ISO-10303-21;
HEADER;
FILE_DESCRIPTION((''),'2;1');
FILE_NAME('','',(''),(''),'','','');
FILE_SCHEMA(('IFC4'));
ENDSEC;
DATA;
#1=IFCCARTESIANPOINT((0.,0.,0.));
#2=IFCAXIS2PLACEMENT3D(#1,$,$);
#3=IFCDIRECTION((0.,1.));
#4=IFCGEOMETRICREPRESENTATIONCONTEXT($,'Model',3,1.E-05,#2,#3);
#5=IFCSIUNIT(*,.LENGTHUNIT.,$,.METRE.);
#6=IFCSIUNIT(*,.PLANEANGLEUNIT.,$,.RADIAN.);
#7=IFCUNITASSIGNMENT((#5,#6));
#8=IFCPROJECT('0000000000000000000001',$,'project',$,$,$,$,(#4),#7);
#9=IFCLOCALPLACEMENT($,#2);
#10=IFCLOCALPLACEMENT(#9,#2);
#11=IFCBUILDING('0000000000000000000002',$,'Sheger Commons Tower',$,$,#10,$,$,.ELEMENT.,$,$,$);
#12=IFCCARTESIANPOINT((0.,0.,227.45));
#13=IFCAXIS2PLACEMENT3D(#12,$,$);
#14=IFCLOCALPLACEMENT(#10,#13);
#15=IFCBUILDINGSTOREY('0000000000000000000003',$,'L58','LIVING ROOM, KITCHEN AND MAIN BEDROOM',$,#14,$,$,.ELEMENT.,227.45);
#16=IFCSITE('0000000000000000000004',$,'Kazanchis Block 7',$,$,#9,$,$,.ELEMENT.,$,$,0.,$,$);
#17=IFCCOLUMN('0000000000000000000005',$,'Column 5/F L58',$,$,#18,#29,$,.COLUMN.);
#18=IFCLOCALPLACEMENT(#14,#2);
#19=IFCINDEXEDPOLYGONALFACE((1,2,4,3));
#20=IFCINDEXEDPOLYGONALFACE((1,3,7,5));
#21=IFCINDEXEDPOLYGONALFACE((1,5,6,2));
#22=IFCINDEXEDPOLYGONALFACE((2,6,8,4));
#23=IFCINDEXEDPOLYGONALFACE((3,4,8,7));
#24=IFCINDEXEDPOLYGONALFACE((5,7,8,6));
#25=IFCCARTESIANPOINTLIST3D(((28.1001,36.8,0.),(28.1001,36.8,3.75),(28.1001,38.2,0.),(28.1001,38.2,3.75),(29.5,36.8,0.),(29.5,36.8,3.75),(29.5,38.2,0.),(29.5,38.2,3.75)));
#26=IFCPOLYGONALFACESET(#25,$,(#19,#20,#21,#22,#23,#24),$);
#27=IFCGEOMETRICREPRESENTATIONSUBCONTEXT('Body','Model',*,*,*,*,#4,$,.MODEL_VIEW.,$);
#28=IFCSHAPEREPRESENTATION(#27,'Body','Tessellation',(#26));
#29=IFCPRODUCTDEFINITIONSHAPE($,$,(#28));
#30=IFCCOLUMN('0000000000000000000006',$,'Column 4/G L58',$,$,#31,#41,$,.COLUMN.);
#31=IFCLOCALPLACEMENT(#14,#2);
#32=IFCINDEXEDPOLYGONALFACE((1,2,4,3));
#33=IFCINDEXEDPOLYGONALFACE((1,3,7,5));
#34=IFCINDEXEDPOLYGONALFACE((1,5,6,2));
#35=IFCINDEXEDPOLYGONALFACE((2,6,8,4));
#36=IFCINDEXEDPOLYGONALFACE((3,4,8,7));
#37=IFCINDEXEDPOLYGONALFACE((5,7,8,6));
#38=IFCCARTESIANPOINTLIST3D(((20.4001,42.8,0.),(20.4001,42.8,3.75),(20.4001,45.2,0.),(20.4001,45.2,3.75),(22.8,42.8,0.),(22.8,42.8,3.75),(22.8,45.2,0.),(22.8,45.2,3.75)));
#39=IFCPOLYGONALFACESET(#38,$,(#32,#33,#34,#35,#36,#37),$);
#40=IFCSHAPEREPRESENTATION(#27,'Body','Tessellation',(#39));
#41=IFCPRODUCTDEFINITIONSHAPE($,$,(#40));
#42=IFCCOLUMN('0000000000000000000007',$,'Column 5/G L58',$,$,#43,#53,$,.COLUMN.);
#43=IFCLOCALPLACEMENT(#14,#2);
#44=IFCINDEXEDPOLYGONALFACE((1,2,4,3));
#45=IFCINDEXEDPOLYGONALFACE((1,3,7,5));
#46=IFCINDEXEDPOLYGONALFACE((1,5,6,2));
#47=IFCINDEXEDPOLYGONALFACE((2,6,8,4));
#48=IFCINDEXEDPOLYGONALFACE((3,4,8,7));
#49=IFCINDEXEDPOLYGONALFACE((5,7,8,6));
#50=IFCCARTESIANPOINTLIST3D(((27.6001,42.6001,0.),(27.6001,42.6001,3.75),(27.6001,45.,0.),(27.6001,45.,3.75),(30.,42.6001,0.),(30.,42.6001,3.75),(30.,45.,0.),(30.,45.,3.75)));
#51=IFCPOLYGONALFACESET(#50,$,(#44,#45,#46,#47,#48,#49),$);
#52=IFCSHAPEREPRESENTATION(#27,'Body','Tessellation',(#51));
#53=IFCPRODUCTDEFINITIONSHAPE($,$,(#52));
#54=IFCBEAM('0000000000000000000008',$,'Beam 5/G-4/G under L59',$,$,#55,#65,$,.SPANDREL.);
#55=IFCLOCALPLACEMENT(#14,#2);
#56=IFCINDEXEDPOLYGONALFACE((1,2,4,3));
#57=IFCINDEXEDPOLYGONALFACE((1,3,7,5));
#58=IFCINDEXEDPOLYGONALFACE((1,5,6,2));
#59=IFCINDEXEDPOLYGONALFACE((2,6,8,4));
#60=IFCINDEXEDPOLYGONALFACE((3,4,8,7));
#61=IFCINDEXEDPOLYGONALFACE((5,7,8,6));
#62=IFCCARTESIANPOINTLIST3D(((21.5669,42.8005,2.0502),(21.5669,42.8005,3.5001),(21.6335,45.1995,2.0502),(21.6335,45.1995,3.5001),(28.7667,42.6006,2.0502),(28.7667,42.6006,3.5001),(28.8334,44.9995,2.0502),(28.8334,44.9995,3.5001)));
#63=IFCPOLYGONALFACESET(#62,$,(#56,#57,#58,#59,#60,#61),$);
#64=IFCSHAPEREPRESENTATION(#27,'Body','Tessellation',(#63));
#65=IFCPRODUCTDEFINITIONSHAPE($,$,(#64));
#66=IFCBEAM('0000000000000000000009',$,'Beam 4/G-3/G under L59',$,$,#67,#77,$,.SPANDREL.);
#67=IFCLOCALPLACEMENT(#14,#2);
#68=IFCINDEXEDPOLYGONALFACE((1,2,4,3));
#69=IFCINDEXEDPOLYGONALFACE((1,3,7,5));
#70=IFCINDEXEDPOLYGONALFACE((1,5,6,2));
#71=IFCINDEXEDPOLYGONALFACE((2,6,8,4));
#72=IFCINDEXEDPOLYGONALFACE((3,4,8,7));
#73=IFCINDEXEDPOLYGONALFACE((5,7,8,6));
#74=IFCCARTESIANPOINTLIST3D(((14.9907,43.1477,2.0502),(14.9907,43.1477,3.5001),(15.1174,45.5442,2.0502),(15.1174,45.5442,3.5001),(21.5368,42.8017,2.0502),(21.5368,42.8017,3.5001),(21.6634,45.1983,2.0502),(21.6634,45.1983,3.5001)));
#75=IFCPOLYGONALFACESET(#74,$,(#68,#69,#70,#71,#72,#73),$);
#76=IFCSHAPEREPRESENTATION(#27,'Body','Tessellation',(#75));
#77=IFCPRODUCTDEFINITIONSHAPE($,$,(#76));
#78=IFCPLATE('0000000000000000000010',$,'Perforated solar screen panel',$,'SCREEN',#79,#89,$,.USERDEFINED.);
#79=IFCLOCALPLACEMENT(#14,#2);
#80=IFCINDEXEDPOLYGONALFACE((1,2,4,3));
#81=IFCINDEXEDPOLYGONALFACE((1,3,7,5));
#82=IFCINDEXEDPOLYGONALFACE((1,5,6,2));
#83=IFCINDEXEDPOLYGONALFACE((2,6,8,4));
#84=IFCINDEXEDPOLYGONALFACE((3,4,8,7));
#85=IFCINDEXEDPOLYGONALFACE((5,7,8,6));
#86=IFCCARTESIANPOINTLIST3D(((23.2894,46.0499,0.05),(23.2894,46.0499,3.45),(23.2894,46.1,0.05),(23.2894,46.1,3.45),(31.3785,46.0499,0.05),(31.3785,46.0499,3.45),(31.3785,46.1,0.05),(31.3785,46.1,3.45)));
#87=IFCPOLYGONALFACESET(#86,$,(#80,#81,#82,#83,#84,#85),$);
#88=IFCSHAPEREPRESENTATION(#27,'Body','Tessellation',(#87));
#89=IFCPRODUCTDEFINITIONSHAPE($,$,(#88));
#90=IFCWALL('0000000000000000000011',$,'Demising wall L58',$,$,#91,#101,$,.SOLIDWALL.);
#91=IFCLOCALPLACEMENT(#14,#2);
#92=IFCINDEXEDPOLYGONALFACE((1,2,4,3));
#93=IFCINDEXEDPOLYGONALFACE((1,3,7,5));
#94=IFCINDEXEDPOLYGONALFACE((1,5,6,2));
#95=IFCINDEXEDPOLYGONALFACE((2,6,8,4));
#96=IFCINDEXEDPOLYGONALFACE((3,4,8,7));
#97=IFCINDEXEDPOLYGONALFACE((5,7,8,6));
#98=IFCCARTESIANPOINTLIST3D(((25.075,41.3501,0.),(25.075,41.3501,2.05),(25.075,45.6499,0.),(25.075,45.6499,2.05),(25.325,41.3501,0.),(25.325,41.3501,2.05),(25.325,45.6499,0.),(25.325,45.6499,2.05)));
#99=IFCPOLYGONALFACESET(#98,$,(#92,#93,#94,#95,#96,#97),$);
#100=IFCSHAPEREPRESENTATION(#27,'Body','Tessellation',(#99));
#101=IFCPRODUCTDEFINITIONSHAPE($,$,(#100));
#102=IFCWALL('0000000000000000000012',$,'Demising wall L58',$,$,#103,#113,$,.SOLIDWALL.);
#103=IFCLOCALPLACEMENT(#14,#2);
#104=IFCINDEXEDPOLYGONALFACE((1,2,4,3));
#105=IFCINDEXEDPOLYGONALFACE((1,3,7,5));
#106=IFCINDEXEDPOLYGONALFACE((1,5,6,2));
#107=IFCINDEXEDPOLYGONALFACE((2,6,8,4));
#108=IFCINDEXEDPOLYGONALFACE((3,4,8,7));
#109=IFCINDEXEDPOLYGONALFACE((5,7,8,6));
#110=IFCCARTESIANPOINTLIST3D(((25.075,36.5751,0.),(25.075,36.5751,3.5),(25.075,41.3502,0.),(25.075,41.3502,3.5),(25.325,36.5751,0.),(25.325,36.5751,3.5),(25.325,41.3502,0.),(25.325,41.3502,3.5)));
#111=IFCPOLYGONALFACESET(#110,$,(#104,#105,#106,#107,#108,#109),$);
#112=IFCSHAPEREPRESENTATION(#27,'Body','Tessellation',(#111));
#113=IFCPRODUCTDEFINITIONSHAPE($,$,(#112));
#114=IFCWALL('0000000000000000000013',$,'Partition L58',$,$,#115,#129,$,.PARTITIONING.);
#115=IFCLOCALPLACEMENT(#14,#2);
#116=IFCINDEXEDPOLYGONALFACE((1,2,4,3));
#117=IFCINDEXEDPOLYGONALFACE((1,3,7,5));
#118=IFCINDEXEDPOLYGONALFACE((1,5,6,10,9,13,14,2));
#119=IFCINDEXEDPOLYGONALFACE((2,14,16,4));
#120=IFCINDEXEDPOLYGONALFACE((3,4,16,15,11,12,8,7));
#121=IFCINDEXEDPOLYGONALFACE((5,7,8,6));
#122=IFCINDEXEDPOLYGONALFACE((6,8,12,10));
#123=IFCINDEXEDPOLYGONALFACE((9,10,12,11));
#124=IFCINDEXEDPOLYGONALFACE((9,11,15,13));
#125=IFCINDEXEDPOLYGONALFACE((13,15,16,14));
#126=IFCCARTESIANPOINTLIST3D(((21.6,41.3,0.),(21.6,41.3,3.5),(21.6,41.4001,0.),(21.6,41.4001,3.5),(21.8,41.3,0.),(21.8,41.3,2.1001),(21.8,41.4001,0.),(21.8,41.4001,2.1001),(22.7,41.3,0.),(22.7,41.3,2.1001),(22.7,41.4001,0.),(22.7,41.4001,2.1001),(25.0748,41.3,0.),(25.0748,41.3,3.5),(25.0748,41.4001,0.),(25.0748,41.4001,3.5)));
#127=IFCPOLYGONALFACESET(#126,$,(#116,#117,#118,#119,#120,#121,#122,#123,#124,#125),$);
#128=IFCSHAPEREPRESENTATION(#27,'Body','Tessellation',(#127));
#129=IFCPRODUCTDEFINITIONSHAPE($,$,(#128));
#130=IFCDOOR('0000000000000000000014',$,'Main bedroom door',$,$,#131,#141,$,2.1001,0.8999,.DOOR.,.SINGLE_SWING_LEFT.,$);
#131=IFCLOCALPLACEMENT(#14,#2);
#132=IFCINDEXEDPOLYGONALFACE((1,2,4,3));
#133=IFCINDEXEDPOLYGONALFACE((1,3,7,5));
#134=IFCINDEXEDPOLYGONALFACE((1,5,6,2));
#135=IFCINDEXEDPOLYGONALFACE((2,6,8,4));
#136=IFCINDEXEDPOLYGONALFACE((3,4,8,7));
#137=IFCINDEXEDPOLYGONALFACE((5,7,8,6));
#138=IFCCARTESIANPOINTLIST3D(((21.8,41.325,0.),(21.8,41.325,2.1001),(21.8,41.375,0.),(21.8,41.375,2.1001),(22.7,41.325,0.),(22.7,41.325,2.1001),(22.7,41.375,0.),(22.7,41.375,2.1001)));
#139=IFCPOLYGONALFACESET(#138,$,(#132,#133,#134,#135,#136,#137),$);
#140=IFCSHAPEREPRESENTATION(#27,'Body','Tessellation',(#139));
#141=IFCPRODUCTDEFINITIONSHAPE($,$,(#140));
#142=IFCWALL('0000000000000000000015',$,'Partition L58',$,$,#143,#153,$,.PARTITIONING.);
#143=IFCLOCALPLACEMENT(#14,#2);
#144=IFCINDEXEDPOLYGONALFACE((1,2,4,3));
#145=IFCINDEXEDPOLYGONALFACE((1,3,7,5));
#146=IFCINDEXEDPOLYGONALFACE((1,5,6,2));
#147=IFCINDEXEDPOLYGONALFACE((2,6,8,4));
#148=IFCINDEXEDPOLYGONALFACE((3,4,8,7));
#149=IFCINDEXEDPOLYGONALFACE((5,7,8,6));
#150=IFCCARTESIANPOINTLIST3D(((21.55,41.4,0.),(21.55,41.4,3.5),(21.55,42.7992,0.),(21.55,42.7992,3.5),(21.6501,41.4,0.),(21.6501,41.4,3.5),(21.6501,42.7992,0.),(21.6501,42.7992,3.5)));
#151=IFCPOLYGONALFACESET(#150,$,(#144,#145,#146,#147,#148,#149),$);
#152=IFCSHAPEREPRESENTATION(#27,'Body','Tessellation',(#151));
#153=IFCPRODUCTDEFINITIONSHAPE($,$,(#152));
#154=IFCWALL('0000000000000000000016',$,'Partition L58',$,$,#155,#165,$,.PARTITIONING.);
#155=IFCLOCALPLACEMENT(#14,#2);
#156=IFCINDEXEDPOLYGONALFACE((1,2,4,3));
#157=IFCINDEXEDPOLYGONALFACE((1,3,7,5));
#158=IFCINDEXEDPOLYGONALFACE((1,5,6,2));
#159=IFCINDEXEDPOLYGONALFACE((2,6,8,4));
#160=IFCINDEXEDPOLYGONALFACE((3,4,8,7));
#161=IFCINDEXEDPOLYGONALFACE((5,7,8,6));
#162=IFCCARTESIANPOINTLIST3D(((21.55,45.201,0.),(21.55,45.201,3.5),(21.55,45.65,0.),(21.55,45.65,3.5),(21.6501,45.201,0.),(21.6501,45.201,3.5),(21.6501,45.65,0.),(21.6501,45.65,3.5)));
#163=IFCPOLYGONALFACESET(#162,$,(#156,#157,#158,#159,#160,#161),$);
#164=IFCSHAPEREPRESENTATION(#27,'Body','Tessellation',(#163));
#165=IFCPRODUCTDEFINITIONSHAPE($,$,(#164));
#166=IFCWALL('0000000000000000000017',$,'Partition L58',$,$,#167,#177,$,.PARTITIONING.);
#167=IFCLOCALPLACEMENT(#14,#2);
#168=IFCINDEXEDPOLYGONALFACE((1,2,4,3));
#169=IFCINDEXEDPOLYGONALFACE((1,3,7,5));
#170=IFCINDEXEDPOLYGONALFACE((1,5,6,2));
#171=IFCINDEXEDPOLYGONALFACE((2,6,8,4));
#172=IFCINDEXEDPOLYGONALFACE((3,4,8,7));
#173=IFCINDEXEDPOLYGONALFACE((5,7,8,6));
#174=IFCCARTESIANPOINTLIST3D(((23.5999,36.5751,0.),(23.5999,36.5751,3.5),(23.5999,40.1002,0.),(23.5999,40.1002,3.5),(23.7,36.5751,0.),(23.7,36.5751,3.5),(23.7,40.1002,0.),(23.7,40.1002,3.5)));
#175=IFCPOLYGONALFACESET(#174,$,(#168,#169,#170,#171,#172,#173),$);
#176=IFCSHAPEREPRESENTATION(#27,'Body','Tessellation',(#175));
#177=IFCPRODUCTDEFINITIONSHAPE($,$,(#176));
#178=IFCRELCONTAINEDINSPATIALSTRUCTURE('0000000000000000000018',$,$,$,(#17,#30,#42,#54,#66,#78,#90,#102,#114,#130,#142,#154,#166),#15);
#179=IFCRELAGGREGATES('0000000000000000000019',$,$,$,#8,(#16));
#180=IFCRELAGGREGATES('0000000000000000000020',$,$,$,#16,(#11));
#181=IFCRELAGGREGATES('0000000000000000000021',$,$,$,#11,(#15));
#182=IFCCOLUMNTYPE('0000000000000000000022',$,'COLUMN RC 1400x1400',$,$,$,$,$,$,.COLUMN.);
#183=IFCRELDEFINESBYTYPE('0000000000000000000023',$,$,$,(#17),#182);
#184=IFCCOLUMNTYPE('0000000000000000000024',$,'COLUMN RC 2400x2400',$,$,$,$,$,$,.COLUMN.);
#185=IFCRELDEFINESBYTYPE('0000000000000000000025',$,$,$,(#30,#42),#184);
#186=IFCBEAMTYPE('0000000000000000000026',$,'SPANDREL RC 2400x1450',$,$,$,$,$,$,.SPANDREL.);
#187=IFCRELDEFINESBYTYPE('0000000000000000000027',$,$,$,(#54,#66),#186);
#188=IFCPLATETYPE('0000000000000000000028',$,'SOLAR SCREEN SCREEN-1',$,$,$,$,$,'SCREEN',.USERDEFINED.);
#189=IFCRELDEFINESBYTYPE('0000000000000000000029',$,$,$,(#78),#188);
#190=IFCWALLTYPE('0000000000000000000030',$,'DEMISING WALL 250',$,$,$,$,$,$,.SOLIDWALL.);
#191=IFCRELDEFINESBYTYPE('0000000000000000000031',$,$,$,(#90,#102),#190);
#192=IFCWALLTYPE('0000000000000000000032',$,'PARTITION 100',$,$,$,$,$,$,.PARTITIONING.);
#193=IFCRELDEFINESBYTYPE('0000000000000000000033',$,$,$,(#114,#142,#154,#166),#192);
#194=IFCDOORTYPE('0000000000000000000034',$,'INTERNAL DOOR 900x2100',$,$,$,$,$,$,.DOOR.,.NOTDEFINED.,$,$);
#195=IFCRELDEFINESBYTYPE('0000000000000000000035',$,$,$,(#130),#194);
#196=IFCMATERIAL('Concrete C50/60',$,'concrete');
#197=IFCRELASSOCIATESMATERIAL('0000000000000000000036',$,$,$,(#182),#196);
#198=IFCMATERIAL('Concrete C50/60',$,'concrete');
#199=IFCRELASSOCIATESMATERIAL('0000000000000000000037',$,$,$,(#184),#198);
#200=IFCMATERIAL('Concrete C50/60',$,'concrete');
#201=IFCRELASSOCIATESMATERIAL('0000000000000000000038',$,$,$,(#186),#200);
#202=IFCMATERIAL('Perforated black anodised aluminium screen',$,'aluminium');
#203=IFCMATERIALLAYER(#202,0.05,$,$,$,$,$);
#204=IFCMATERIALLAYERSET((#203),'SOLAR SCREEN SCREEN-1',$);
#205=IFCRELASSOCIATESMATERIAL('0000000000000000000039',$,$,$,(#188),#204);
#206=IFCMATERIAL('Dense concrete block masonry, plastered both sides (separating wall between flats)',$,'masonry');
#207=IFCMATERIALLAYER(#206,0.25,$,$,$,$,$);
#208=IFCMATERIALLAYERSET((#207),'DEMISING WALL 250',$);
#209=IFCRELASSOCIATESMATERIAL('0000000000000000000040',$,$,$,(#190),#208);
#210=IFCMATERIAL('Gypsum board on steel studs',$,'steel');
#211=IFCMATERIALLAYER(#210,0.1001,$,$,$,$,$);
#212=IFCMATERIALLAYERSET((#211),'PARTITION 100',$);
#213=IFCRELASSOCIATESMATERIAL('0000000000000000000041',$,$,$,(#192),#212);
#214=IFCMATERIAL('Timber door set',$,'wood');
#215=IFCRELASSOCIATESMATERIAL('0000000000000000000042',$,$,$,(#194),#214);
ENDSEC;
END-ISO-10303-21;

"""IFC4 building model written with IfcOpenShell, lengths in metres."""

from ifc_helpers import new_model, si_unit, direction, frame, frame_2d, origin, origin_2d, place, context, subcontext, project, spatial, rectangle, extrude, material, layer, layer_set, material_profile, profile_set, type_object, element, fill, save


model = new_model("IFC4")

# Units and contexts
model_context = context("Model", 3, precision=1e-05, world=origin(), true_north=direction((0.0, 1.0)))
body_context = subcontext(model_context, "Body", "Model", "MODEL_VIEW")
ifc_project = project(units=[si_unit("LENGTHUNIT", "METRE"), si_unit("PLANEANGLEUNIT", "RADIAN")], contexts=[model_context])

# Site, building, storey
site_placement = place(None, origin())
site = spatial("IfcSite", under=ifc_project, at=site_placement, Name="Kazanchis Block 7", CompositionType="ELEMENT", RefElevation=0.0)
building_placement = place(site_placement, origin())
building = spatial("IfcBuilding", under=site, at=building_placement, Name="Sheger Commons Tower", CompositionType="ELEMENT")
storey_placement = place(building_placement, frame((0.0, 0.0, 227.45)))
storey = spatial("IfcBuildingStorey", under=building, at=storey_placement, Name="L58", Description="LIVING ROOM, KITCHEN AND MAIN BEDROOM", CompositionType="ELEMENT", Elevation=227.45)

# Columns
ifc_material_1 = material(Name="Concrete C50/60", Category="concrete")
ifc_material_profile_1 = material_profile(ifc_material_1, rectangle(XDim=1.3999, YDim=1.3999, at=origin_2d()), Name="RC 1400x1400")
ifc_profile_set_1 = profile_set([ifc_material_profile_1], Name="Concrete C50/60")
column_type_1 = type_object("IfcColumnType", Name="COLUMN RC 1400x1400", PredefinedType="COLUMN", material=ifc_profile_set_1)
column_placement = place(storey_placement, frame((28.8, 37.5, 0.0), z_axis=(0.0, 0.0, 1.0), x_axis=(1.0, 0.0, 0.0)))
element("IfcColumn", 1, at=column_placement, inside=storey, type_object=column_type_1, Name="Column 5/F L58", PredefinedType="COLUMN", context=body_context, shape_type="SweptSolid", body=[
    extrude(rectangle(XDim=1.3999, YDim=1.3999, at=origin_2d()), origin(), (0.0, 0.0, 1.0), 3.75),
])
ifc_material_2 = material(Name="Concrete C50/60", Category="concrete")
ifc_material_profile_2 = material_profile(ifc_material_2, rectangle(XDim=2.3999, YDim=2.3999, at=origin_2d()), Name="RC 2400x2400")
ifc_profile_set_2 = profile_set([ifc_material_profile_2], Name="Concrete C50/60")
column_type_2 = type_object("IfcColumnType", Name="COLUMN RC 2400x2400", PredefinedType="COLUMN", material=ifc_profile_set_2)
for number, where, z_axis, x_axis, name in (
    (2, (21.6001, 44.0, 0.0), (0.0, 0.0, 1.0), (1.0, 0.0, 0.0), "Column 4/G L58"),
    (3, (28.8, 43.8, 0.0), (0.0, 0.0, 1.0), (1.0, 0.0, 0.0), "Column 5/G L58"),
):
    element("IfcColumn", number, at=place(storey_placement, frame(where, z_axis=z_axis, x_axis=x_axis)), inside=storey, type_object=column_type_2, Name=name, PredefinedType="COLUMN", context=body_context, shape_type="SweptSolid", body=[
        extrude(rectangle(XDim=2.3999, YDim=2.3999, at=origin_2d()), origin(), (0.0, 0.0, 1.0), 3.75),
    ])

# Beams
ifc_material_3 = material(Name="Concrete C50/60", Category="concrete")
ifc_material_profile_3 = material_profile(ifc_material_3, rectangle(XDim=2.3999, YDim=1.45, at=origin_2d()), Name="RC 2400x1450")
ifc_profile_set_3 = profile_set([ifc_material_profile_3], Name="Concrete C50/60")
beam_type = type_object("IfcBeamType", Name="SPANDREL RC 2400x1450", PredefinedType="SPANDREL", material=ifc_profile_set_3)
beam_1_placement = place(storey_placement, frame((28.8, 43.8, 2.7751), z_axis=(-0.999615, 0.02776, 0.0), x_axis=(-0.02776, -0.999615, 0.0)))
element("IfcBeam", 4, at=beam_1_placement, inside=storey, type_object=beam_type, Name="Beam 5/G-4/G under L59", PredefinedType="SPANDREL", context=body_context, shape_type="SweptSolid", body=[
    extrude(rectangle(XDim=2.3999, YDim=1.45, at=origin_2d()), origin(), (0.0, 0.0, 1.0), 7.2026),
])
beam_2_placement = place(storey_placement, frame((21.6001, 44.0, 2.7751), z_axis=(-0.998606, 0.052774, 0.0), x_axis=(-0.052774, -0.998606, 0.0)))
element("IfcBeam", 5, at=beam_2_placement, inside=storey, type_object=beam_type, Name="Beam 4/G-3/G under L59", PredefinedType="SPANDREL", context=body_context, shape_type="SweptSolid", body=[
    extrude(rectangle(XDim=2.3999, YDim=1.45, at=origin_2d()), origin(), (0.0, 0.0, 1.0), 6.5552),
])

# Plate
ifc_material_4 = material(Name="Perforated black anodised aluminium screen", Category="aluminium")
ifc_layer_1 = layer(ifc_material_4, 0.05)
ifc_layer_set_1 = layer_set([ifc_layer_1], Name="SOLAR SCREEN SCREEN-1")
plate_type = type_object("IfcPlateType", Name="SOLAR SCREEN SCREEN-1", ElementType="SCREEN", PredefinedType="USERDEFINED", material=ifc_layer_set_1)
plate_placement = place(storey_placement, frame((27.334, 46.075, 0.05), z_axis=(0.0, 0.0, 1.0), x_axis=(-1.0, 0.0, 0.0)))
element("IfcPlate", 6, at=plate_placement, inside=storey, type_object=plate_type, Name="Perforated solar screen panel", ObjectType="SCREEN", PredefinedType="USERDEFINED", context=body_context, shape_type="SweptSolid", body=[
    extrude(rectangle(XDim=8.0891, YDim=0.05, at=origin_2d()), origin(), (0.0, 0.0, 1.0), 3.3999),
])

# Walls
ifc_material_5 = material(Name="Dense concrete block masonry, plastered both sides (separating wall between flats)", Category="masonry")
ifc_layer_2 = layer(ifc_material_5, 0.25)
ifc_layer_set_2 = layer_set([ifc_layer_2], Name="DEMISING WALL 250")
wall_type_1 = type_object("IfcWallType", Name="DEMISING WALL 250", PredefinedType="SOLIDWALL", material=ifc_layer_set_2)
wall_1_placement = place(storey_placement, frame((25.2, 41.3501, 0.0), z_axis=(0.0, 0.0, 1.0), x_axis=(0.0, 1.0, 0.0)))
element("IfcWall", 7, at=wall_1_placement, inside=storey, type_object=wall_type_1, Name="Demising wall L58", PredefinedType="SOLIDWALL", context=body_context, shape_type="SweptSolid", body=[
    extrude(rectangle(XDim=4.2998, YDim=0.25, at=frame_2d((2.1499, 0.0))), origin(), (0.0, 0.0, 1.0), 2.05),
])
wall_2_placement = place(storey_placement, frame((25.2, 36.575, 0.0), z_axis=(0.0, 0.0, 1.0), x_axis=(0.0, 1.0, 0.0)))
element("IfcWall", 8, at=wall_2_placement, inside=storey, type_object=wall_type_1, Name="Demising wall L58", PredefinedType="SOLIDWALL", context=body_context, shape_type="SweptSolid", body=[
    extrude(rectangle(XDim=4.7751, YDim=0.25, at=frame_2d((2.3877, 0.0))), origin(), (0.0, 0.0, 1.0), 3.5),
])

# Wall, opening, door
ifc_material_6 = material(Name="Gypsum board on steel studs", Category="steel")
ifc_layer_3 = layer(ifc_material_6, 0.1001)
ifc_layer_set_3 = layer_set([ifc_layer_3], Name="PARTITION 100")
wall_type_2 = type_object("IfcWallType", Name="PARTITION 100", PredefinedType="PARTITIONING", material=ifc_layer_set_3)
wall_3_placement = place(storey_placement, frame((21.6001, 41.3501, 0.0), z_axis=(0.0, 0.0, 1.0), x_axis=(1.0, 0.0, 0.0)))
wall_3 = element("IfcWall", 9, at=wall_3_placement, inside=storey, type_object=wall_type_2, Name="Partition L58", PredefinedType="PARTITIONING", context=body_context, shape_type="SweptSolid", body=[
    extrude(rectangle(XDim=3.4749, YDim=0.1001, at=frame_2d((1.7373, 0.0))), origin(), (0.0, 0.0, 1.0), 3.5),
])
opening_1_placement = place(wall_3_placement, frame((0.2, 0.0, 0.0)))
opening_1 = element("IfcOpeningElement", 10, at=opening_1_placement, cuts=wall_3, PredefinedType="OPENING", context=body_context, shape_type="SweptSolid", body=[
    extrude(rectangle(XDim=0.8999, YDim=2.1001, at=frame_2d((0.45, 1.05))), frame((0.0, 0.0601, 0.0), z_axis=(0.0, -1.0, 0.0), x_axis=(1.0, 0.0, 0.0)), (0.0, 0.0, 1.0), 0.1201),
])
ifc_material_7 = material(Name="Timber door set", Category="wood")
door_type = type_object("IfcDoorType", Name="INTERNAL DOOR 900x2100", OperationType="NOTDEFINED", PredefinedType="DOOR", material=ifc_material_7)
door_1_placement = place(opening_1_placement, origin())
door_1 = element("IfcDoor", 11, at=door_1_placement, inside=storey, type_object=door_type, Name="Main bedroom door", OperationType="SINGLE_SWING_LEFT", OverallHeight=2.1001, OverallWidth=0.8999, PredefinedType="DOOR", context=body_context, shape_type="SweptSolid", body=[
    extrude(rectangle(XDim=0.8999, YDim=2.1001, at=frame_2d((0.45, 1.05))), frame((0.0, 0.0249, 0.0), z_axis=(0.0, -1.0, 0.0), x_axis=(1.0, 0.0, 0.0)), (0.0, 0.0, 1.0), 0.05),
])
fill(opening_1, door_1)

# Walls
wall_4_placement = place(storey_placement, frame((21.6001, 41.3999, 0.0), z_axis=(0.0, 0.0, 1.0), x_axis=(0.0, 1.0, 0.0)))
element("IfcWall", 12, at=wall_4_placement, inside=storey, type_object=wall_type_2, Name="Partition L58", PredefinedType="PARTITIONING", context=body_context, shape_type="SweptSolid", body=[
    extrude(rectangle(XDim=1.3992, YDim=0.1001, at=frame_2d((0.6997, 0.0))), origin(), (0.0, 0.0, 1.0), 3.5),
])
wall_5_placement = place(storey_placement, frame((21.6001, 45.2009, 0.0), z_axis=(0.0, 0.0, 1.0), x_axis=(0.0, 1.0, 0.0)))
element("IfcWall", 13, at=wall_5_placement, inside=storey, type_object=wall_type_2, Name="Partition L58", PredefinedType="PARTITIONING", context=body_context, shape_type="SweptSolid", body=[
    extrude(rectangle(XDim=0.449, YDim=0.1001, at=frame_2d((0.2246, 0.0))), origin(), (0.0, 0.0, 1.0), 3.5),
])
wall_6_placement = place(storey_placement, frame((23.6499, 36.575, 0.0), z_axis=(0.0, 0.0, 1.0), x_axis=(0.0, 1.0, 0.0)))
element("IfcWall", 14, at=wall_6_placement, inside=storey, type_object=wall_type_2, Name="Partition L58", PredefinedType="PARTITIONING", context=body_context, shape_type="SweptSolid", body=[
    extrude(rectangle(XDim=3.5251, YDim=0.1001, at=frame_2d((1.7627, 0.0))), origin(), (0.0, 0.0, 1.0), 3.5),
])

save(model, "model.ifc")
